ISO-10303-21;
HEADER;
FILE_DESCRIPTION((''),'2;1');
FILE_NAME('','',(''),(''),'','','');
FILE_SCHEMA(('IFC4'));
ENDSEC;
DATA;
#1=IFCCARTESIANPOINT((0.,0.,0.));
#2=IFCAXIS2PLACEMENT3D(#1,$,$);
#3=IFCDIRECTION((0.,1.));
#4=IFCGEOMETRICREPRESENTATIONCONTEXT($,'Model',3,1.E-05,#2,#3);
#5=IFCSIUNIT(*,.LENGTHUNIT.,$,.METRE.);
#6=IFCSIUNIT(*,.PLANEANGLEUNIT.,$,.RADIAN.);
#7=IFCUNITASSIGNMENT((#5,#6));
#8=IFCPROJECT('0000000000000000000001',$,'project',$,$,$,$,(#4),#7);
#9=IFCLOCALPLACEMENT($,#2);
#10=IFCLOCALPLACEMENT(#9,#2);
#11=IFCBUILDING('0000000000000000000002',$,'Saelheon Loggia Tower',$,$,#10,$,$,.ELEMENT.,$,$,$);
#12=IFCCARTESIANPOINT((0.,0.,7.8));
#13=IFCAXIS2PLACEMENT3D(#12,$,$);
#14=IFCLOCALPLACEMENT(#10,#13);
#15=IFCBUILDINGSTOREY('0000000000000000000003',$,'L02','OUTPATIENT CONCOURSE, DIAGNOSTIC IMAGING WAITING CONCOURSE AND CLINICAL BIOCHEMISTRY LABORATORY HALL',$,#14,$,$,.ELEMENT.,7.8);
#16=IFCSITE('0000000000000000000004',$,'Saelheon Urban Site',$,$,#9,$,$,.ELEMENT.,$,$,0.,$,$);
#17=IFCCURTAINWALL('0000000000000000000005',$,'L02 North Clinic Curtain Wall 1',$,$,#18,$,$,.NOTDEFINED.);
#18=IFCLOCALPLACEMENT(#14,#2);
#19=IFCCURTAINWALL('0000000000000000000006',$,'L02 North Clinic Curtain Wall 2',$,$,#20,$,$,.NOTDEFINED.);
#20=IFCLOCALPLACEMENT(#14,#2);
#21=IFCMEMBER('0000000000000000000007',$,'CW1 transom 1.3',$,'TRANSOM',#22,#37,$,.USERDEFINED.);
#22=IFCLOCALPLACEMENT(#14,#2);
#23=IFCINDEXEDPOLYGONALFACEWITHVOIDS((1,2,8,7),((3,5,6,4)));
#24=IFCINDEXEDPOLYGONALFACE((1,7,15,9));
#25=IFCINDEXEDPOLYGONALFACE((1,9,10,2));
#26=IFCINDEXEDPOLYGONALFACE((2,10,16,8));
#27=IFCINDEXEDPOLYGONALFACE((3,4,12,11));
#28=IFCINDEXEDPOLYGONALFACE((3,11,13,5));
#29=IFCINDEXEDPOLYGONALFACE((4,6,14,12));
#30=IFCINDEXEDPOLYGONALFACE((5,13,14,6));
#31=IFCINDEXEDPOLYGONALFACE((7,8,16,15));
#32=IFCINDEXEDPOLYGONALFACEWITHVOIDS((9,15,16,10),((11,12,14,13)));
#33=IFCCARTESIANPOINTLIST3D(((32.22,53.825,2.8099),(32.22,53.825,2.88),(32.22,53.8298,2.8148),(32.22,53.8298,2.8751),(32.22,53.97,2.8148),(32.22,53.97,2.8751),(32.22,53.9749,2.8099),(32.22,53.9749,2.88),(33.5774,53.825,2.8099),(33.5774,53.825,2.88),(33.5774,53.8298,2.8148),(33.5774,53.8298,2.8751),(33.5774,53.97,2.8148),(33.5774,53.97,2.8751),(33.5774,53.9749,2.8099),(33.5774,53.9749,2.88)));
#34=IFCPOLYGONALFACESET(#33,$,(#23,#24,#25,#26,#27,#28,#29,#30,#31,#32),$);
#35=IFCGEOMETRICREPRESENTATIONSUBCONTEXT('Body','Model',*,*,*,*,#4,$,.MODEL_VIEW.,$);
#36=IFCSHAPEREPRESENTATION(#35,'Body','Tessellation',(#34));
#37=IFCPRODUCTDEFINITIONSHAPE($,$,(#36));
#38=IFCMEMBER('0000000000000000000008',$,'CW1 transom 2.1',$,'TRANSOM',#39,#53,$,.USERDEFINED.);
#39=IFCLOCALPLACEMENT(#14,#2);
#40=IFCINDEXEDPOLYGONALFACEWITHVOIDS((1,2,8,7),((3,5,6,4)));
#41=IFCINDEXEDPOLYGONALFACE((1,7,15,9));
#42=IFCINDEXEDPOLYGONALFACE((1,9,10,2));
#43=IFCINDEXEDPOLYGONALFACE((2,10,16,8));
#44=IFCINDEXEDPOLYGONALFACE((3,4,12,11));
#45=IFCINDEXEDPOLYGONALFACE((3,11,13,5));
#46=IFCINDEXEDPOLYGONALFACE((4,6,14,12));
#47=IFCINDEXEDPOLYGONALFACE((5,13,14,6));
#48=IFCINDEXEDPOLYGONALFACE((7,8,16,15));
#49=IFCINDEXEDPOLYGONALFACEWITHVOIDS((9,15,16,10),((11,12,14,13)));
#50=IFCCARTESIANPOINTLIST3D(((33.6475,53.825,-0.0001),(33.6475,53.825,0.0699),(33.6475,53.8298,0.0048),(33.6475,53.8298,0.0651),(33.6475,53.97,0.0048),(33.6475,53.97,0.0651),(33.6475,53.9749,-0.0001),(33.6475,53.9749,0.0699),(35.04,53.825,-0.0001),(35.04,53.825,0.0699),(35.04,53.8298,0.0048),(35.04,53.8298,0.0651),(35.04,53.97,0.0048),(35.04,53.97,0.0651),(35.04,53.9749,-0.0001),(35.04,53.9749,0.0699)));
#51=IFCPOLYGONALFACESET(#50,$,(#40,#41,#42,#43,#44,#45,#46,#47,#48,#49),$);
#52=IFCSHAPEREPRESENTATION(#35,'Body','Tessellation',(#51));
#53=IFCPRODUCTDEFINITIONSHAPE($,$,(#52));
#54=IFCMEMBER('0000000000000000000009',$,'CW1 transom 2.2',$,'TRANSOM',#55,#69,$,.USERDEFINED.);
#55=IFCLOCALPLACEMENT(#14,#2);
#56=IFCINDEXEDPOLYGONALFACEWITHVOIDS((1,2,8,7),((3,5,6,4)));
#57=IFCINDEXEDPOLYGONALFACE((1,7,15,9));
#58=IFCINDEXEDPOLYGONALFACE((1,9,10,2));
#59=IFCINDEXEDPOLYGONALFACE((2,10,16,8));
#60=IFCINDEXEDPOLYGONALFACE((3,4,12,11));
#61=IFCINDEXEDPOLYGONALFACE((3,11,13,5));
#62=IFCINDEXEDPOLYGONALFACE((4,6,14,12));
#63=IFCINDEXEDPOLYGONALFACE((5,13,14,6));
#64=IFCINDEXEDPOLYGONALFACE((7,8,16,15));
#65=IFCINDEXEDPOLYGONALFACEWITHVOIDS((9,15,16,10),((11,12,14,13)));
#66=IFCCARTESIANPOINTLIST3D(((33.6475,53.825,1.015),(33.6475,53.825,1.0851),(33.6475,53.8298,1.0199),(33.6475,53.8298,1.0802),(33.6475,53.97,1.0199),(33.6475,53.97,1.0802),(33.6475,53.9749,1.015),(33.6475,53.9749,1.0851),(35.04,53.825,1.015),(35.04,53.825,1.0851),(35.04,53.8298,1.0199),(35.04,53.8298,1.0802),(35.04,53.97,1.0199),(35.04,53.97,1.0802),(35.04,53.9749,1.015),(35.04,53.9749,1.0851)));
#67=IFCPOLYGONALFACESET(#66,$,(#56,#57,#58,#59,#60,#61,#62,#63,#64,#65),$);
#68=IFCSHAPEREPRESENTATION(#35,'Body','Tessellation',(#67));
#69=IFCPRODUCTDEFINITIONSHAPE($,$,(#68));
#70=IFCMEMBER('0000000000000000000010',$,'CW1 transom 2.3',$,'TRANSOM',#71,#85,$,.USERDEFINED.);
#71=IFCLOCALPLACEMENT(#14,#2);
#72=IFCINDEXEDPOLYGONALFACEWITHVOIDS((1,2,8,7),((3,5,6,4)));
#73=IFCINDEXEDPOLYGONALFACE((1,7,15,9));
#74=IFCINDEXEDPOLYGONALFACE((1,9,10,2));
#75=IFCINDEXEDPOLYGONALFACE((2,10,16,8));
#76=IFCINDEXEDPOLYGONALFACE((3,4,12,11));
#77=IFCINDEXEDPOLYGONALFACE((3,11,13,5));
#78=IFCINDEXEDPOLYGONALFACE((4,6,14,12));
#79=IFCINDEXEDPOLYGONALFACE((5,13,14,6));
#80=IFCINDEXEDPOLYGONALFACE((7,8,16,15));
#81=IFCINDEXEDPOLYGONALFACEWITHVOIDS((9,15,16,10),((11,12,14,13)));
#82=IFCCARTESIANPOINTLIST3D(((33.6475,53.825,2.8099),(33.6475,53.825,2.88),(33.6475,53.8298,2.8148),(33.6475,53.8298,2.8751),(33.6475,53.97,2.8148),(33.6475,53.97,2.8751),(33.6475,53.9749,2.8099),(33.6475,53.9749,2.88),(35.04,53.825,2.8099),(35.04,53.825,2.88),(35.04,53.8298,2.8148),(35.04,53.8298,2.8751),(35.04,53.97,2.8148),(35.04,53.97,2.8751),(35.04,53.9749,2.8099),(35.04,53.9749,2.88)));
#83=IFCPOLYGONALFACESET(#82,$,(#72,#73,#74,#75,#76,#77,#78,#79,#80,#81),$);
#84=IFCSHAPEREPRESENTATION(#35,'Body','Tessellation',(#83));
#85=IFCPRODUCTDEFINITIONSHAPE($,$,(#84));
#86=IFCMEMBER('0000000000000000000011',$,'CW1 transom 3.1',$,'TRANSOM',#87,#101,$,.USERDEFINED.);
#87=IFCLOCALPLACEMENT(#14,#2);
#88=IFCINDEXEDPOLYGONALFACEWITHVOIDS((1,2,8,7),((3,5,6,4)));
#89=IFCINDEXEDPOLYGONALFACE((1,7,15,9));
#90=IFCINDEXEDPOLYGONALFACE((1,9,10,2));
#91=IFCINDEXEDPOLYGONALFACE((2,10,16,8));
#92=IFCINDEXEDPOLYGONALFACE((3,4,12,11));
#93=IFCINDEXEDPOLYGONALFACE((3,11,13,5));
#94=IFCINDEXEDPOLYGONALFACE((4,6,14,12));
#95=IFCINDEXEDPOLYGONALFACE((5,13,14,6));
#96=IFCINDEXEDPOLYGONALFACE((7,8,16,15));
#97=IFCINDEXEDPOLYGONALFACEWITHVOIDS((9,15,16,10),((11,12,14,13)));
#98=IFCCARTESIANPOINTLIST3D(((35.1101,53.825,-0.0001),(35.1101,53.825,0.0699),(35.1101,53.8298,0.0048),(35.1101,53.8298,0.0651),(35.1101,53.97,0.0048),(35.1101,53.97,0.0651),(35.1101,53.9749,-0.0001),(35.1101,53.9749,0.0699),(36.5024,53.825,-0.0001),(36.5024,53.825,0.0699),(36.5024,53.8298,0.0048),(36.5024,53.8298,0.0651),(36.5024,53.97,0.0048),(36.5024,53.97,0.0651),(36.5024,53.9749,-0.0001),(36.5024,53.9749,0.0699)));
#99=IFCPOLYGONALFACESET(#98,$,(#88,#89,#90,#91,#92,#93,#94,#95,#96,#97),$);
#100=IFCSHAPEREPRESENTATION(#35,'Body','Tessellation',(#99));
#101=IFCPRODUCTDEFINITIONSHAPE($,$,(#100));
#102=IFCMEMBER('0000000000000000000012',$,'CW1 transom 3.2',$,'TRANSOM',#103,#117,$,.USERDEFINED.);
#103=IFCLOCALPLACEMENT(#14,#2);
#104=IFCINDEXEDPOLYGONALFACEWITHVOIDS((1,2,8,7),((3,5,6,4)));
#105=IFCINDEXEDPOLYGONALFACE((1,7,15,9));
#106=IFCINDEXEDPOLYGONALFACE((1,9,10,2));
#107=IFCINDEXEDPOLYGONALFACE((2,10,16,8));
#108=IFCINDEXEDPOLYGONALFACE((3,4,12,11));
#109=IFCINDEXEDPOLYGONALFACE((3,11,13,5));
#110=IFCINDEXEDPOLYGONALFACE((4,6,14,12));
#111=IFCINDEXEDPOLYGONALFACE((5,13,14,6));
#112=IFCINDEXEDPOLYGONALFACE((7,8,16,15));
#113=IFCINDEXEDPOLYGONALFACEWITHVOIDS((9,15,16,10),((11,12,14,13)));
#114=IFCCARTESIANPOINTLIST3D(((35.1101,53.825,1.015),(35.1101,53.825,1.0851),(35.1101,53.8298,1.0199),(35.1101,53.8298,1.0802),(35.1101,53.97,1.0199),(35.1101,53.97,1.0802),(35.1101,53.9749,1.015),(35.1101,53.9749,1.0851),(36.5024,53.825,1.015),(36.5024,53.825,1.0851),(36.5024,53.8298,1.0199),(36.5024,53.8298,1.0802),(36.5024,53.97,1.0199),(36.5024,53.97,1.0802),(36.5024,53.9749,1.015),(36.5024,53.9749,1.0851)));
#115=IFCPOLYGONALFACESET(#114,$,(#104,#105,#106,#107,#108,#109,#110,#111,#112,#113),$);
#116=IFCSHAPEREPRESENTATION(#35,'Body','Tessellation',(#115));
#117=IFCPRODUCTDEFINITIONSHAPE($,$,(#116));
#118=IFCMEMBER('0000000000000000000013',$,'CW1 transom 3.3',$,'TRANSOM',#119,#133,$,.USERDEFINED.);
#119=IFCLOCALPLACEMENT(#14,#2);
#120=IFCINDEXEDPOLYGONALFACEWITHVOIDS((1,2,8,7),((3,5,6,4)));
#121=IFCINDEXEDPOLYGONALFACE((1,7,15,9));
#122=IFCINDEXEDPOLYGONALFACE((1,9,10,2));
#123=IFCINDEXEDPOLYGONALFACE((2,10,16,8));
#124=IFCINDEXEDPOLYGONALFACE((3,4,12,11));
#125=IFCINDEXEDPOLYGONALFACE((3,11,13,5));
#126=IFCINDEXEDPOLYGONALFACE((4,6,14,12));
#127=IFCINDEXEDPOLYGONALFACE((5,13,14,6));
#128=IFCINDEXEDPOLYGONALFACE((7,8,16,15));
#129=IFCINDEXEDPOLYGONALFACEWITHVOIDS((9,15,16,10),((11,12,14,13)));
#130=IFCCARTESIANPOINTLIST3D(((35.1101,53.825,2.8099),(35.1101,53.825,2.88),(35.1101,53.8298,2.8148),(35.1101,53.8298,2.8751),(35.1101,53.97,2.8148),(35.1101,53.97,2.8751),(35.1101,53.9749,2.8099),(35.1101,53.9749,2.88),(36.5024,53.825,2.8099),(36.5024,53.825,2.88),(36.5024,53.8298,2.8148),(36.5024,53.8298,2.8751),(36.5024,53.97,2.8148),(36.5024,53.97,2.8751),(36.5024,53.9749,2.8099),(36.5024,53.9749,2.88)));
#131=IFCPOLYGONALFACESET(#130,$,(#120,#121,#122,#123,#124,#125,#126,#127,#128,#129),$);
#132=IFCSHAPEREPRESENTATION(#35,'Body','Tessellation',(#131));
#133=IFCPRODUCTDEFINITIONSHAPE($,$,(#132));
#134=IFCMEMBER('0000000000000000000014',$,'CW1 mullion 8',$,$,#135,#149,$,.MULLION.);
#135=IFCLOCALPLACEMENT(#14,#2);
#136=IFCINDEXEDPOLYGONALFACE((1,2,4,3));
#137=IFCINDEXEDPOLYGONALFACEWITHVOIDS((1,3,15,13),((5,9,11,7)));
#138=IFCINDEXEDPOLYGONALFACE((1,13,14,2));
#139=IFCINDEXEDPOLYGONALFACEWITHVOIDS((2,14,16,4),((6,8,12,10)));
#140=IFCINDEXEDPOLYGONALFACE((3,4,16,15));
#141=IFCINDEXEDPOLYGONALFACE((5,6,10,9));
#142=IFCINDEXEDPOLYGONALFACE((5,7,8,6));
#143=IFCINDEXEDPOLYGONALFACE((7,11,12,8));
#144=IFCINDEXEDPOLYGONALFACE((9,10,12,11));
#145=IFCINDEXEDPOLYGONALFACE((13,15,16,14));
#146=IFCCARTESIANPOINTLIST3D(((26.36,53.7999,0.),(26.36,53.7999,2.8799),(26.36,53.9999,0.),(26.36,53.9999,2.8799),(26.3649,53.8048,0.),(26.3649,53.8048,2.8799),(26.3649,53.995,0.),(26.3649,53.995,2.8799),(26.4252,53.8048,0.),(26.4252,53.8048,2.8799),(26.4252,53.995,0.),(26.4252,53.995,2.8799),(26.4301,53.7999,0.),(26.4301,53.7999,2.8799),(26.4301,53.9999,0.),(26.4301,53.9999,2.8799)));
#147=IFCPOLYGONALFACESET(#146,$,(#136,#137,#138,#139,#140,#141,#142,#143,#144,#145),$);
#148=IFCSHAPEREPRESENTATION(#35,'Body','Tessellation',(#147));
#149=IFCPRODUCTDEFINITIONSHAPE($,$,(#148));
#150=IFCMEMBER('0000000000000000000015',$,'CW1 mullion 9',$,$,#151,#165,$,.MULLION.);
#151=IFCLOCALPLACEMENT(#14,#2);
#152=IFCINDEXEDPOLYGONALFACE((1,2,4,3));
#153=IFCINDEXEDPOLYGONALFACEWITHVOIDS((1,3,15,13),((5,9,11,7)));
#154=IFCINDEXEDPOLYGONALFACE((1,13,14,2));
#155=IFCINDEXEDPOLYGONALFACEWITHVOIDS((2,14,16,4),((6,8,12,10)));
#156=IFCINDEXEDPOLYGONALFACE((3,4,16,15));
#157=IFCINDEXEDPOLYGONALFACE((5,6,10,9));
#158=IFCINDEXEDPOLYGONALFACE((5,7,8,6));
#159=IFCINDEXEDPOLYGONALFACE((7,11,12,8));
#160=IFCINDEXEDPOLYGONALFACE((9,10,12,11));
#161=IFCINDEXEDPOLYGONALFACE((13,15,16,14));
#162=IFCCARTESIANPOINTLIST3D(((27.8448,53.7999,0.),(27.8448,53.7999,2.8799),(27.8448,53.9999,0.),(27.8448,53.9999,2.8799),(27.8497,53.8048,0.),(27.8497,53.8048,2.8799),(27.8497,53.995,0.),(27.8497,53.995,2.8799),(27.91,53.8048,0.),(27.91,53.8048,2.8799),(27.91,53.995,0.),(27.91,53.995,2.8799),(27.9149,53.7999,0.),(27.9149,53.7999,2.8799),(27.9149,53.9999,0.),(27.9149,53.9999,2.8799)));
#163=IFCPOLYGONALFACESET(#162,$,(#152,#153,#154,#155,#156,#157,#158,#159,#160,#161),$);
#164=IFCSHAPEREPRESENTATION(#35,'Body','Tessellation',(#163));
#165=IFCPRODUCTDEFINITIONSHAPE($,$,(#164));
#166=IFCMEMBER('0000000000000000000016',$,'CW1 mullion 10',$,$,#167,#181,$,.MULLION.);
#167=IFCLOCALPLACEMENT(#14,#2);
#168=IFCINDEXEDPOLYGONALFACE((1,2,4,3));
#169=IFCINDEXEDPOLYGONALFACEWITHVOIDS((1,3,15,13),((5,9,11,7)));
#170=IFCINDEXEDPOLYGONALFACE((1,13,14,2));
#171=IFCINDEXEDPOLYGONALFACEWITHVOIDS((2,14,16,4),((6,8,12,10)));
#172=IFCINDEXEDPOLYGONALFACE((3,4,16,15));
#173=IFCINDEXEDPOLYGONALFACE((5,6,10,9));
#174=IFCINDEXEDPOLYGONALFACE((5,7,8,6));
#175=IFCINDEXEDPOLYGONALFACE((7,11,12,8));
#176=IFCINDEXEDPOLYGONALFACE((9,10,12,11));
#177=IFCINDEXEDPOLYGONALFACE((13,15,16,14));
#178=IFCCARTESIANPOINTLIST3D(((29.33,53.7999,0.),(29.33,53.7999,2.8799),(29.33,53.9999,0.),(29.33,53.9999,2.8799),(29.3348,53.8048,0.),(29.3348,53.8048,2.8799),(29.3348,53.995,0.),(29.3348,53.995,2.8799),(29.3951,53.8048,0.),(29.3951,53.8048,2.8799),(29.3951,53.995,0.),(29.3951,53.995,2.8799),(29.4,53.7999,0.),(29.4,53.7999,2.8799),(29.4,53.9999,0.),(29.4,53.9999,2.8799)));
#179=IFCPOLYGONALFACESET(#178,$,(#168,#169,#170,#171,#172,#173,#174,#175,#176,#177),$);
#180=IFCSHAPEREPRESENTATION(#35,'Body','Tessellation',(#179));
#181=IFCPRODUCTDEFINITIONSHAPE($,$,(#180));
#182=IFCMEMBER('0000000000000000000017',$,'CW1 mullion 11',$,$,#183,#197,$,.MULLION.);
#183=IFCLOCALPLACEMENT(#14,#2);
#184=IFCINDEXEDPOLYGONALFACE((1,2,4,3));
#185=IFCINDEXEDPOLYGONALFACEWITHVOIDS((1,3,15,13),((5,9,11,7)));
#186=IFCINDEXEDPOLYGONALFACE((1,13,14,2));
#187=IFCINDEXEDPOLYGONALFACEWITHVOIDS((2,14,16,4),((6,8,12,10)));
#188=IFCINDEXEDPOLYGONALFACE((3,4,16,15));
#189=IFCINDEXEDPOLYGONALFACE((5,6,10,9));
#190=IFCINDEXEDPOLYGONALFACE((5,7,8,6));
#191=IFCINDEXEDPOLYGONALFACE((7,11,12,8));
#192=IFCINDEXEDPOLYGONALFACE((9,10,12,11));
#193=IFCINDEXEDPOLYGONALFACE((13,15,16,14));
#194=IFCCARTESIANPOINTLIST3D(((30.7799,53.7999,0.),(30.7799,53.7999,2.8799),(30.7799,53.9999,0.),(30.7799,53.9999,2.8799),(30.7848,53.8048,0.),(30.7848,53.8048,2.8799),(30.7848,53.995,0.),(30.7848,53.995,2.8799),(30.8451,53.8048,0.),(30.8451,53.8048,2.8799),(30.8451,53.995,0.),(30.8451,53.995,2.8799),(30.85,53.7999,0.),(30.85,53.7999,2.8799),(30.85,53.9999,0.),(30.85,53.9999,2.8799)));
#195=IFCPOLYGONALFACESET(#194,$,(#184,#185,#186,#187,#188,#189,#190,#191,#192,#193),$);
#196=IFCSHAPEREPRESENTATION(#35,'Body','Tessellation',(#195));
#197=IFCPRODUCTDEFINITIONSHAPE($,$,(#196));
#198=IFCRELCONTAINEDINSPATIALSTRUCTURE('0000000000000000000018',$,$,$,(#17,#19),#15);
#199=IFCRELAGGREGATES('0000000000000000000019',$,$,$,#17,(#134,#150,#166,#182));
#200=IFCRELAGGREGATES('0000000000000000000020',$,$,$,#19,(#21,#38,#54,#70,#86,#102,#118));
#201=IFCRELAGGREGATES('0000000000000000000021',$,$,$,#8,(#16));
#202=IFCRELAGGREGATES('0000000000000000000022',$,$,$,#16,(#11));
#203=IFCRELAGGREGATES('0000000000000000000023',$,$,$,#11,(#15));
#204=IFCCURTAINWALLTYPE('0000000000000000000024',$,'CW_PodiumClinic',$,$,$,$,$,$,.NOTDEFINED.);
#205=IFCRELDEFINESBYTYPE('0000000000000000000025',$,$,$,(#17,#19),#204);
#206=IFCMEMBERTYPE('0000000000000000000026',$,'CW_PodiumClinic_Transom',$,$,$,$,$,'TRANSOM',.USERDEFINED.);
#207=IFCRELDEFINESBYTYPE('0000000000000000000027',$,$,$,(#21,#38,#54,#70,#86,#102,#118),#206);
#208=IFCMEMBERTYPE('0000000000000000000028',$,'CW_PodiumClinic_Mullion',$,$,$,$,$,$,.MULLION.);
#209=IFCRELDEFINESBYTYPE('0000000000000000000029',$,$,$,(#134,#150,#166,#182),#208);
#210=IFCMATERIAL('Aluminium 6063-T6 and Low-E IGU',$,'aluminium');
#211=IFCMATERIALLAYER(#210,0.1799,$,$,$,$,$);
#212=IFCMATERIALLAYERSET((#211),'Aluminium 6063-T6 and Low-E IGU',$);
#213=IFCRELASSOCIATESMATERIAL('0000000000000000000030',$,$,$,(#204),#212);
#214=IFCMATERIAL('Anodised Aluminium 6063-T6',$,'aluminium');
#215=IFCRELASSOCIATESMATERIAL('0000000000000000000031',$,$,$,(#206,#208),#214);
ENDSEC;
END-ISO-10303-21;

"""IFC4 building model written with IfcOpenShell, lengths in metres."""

from ifc_helpers import new_model, si_unit, direction, frame, origin, origin_2d, place, context, subcontext, project, spatial, hollow_rectangle, extrude, source, transform, mapped, material, layer, layer_set, material_profile, profile_set, type_object, element, aggregate, save


model = new_model("IFC4")

# Units and contexts
model_context = context("Model", 3, precision=1e-05, world=origin(), true_north=direction((0.0, 1.0)))
body_context = subcontext(model_context, "Body", "Model", "MODEL_VIEW")
ifc_project = project(units=[si_unit("LENGTHUNIT", "METRE"), si_unit("PLANEANGLEUNIT", "RADIAN")], contexts=[model_context])

# Site, building, storey
site_placement = place(None, origin())
site = spatial("IfcSite", under=ifc_project, at=site_placement, Name="Saelheon Urban Site", CompositionType="ELEMENT", RefElevation=0.0)
building_placement = place(site_placement, origin())
building = spatial("IfcBuilding", under=site, at=building_placement, Name="Saelheon Loggia Tower", CompositionType="ELEMENT")
storey_placement = place(building_placement, frame((0.0, 0.0, 7.8)))
storey = spatial("IfcBuildingStorey", under=building, at=storey_placement, Name="L02", Description="OUTPATIENT CONCOURSE, DIAGNOSTIC IMAGING WAITING CONCOURSE AND CLINICAL BIOCHEMISTRY LABORATORY HALL", CompositionType="ELEMENT", Elevation=7.8)

# Curtain walls, members
ifc_material_1 = material(Name="Aluminium 6063-T6 and Low-E IGU", Category="aluminium")
ifc_layer_1 = layer(ifc_material_1, 0.1799)
ifc_layer_set_1 = layer_set([ifc_layer_1], Name="Aluminium 6063-T6 and Low-E IGU")
curtain_wall_type = type_object("IfcCurtainWallType", Name="CW_PodiumClinic", PredefinedType="NOTDEFINED", material=ifc_layer_set_1)
curtain_wall_1_placement = place(storey_placement, origin())
curtain_wall_1 = element("IfcCurtainWall", 1, at=curtain_wall_1_placement, inside=storey, type_object=curtain_wall_type, Name="L02 North Clinic Curtain Wall 1", PredefinedType="NOTDEFINED")
ifc_material_2 = material(Name="Anodised Aluminium 6063-T6", Category="aluminium")
ifc_material_profile_1 = material_profile(ifc_material_2, hollow_rectangle(XDim=0.0701, YDim=0.1499, WallThickness=0.0049, at=origin_2d()), Name="RHS-150x70x5")
ifc_profile_set_1 = profile_set([ifc_material_profile_1], Name="Anodised Aluminium 6063-T6")
member_type_1 = type_object("IfcMemberType", Name="CW_PodiumClinic_Transom", ElementType="TRANSOM", PredefinedType="USERDEFINED", material=ifc_profile_set_1)
curtain_wall_2_placement = place(storey_placement, origin())
curtain_wall_2 = element("IfcCurtainWall", 2, at=curtain_wall_2_placement, inside=storey, type_object=curtain_wall_type, Name="L02 North Clinic Curtain Wall 2", PredefinedType="NOTDEFINED")
shared_shape_1 = source(origin(), body_context, "Body", "SweptSolid", [
    extrude(hollow_rectangle(XDim=0.0701, YDim=0.1499, WallThickness=0.0049, at=origin_2d()), origin(), (0.0, 0.0, 1.0), 1.3574),
])
member_1_placement = place(storey_placement, frame((32.22, 53.8999, 2.845), z_axis=(1.0, 0.0, 0.0), x_axis=(0.0, 0.0, 1.0)))
member_1 = element("IfcMember", 3, at=member_1_placement, type_object=member_type_1, Name="CW1 transom 1.3", ObjectType="TRANSOM", PredefinedType="USERDEFINED", context=body_context, shape_type="MappedRepresentation", body=[
    mapped(shared_shape_1, transform((0.0, 0.0, 0.0), scale=1.0)),
])
shared_shape_2 = source(origin(), body_context, "Body", "SweptSolid", [
    extrude(hollow_rectangle(XDim=0.0701, YDim=0.1499, WallThickness=0.0049, at=origin_2d()), origin(), (0.0, 0.0, 1.0), 1.3926),
])
member_2_placement = place(storey_placement, frame((33.6475, 53.8999, 0.0349), z_axis=(1.0, 0.0, 0.0), x_axis=(0.0, 0.0, 1.0)))
member_2 = element("IfcMember", 4, at=member_2_placement, type_object=member_type_1, Name="CW1 transom 2.1", ObjectType="TRANSOM", PredefinedType="USERDEFINED", context=body_context, shape_type="MappedRepresentation", body=[
    mapped(shared_shape_2, transform((0.0, 0.0, 0.0), scale=1.0)),
])
member_3_placement = place(storey_placement, frame((33.6475, 53.8999, 1.05), z_axis=(1.0, 0.0, 0.0), x_axis=(0.0, 0.0, 1.0)))
member_3 = element("IfcMember", 5, at=member_3_placement, type_object=member_type_1, Name="CW1 transom 2.2", ObjectType="TRANSOM", PredefinedType="USERDEFINED", context=body_context, shape_type="MappedRepresentation", body=[
    mapped(shared_shape_2, transform((0.0, 0.0, 0.0), scale=1.0)),
])
member_4_placement = place(storey_placement, frame((33.6475, 53.8999, 2.845), z_axis=(1.0, 0.0, 0.0), x_axis=(0.0, 0.0, 1.0)))
member_4 = element("IfcMember", 6, at=member_4_placement, type_object=member_type_1, Name="CW1 transom 2.3", ObjectType="TRANSOM", PredefinedType="USERDEFINED", context=body_context, shape_type="MappedRepresentation", body=[
    mapped(shared_shape_2, transform((0.0, 0.0, 0.0), scale=1.0)),
])
shared_shape_3 = source(origin(), body_context, "Body", "SweptSolid", [
    extrude(hollow_rectangle(XDim=0.0701, YDim=0.1499, WallThickness=0.0049, at=origin_2d()), origin(), (0.0, 0.0, 1.0), 1.3923),
])
member_5_placement = place(storey_placement, frame((35.1101, 53.8999, 0.0349), z_axis=(1.0, 0.0, 0.0), x_axis=(0.0, 0.0, 1.0)))
member_5 = element("IfcMember", 7, at=member_5_placement, type_object=member_type_1, Name="CW1 transom 3.1", ObjectType="TRANSOM", PredefinedType="USERDEFINED", context=body_context, shape_type="MappedRepresentation", body=[
    mapped(shared_shape_3, transform((0.0, 0.0, 0.0), scale=1.0)),
])
member_6_placement = place(storey_placement, frame((35.1101, 53.8999, 1.05), z_axis=(1.0, 0.0, 0.0), x_axis=(0.0, 0.0, 1.0)))
member_6 = element("IfcMember", 8, at=member_6_placement, type_object=member_type_1, Name="CW1 transom 3.2", ObjectType="TRANSOM", PredefinedType="USERDEFINED", context=body_context, shape_type="MappedRepresentation", body=[
    mapped(shared_shape_3, transform((0.0, 0.0, 0.0), scale=1.0)),
])
member_7_placement = place(storey_placement, frame((35.1101, 53.8999, 2.845), z_axis=(1.0, 0.0, 0.0), x_axis=(0.0, 0.0, 1.0)))
member_7 = element("IfcMember", 9, at=member_7_placement, type_object=member_type_1, Name="CW1 transom 3.3", ObjectType="TRANSOM", PredefinedType="USERDEFINED", context=body_context, shape_type="MappedRepresentation", body=[
    mapped(shared_shape_3, transform((0.0, 0.0, 0.0), scale=1.0)),
])

# Members
ifc_material_profile_2 = material_profile(ifc_material_2, hollow_rectangle(XDim=0.0701, YDim=0.2, WallThickness=0.0049, at=origin_2d()), Name="RHS-200x70x5")
ifc_profile_set_2 = profile_set([ifc_material_profile_2], Name="Anodised Aluminium 6063-T6")
member_type_2 = type_object("IfcMemberType", Name="CW_PodiumClinic_Mullion", PredefinedType="MULLION", material=ifc_profile_set_2)
shared_shape_4 = source(origin(), body_context, "Body", "SweptSolid", [
    extrude(hollow_rectangle(XDim=0.0701, YDim=0.2, WallThickness=0.0049, at=origin_2d()), origin(), (0.0, 0.0, 1.0), 2.8799),
])
member_8_placement = place(storey_placement, frame((26.395, 53.8999, 0.0), z_axis=(0.0, 0.0, 1.0), x_axis=(1.0, 0.0, 0.0)))
member_8 = element("IfcMember", 10, at=member_8_placement, type_object=member_type_2, Name="CW1 mullion 8", PredefinedType="MULLION", context=body_context, shape_type="MappedRepresentation", body=[
    mapped(shared_shape_4, transform((0.0, 0.0, 0.0), scale=1.0)),
])
member_9_placement = place(storey_placement, frame((27.8799, 53.8999, 0.0), z_axis=(0.0, 0.0, 1.0), x_axis=(1.0, 0.0, 0.0)))
member_9 = element("IfcMember", 11, at=member_9_placement, type_object=member_type_2, Name="CW1 mullion 9", PredefinedType="MULLION", context=body_context, shape_type="MappedRepresentation", body=[
    mapped(shared_shape_4, transform((0.0, 0.0, 0.0), scale=1.0)),
])
member_10_placement = place(storey_placement, frame((29.365, 53.8999, 0.0), z_axis=(0.0, 0.0, 1.0), x_axis=(1.0, 0.0, 0.0)))
member_10 = element("IfcMember", 12, at=member_10_placement, type_object=member_type_2, Name="CW1 mullion 10", PredefinedType="MULLION", context=body_context, shape_type="MappedRepresentation", body=[
    mapped(shared_shape_4, transform((0.0, 0.0, 0.0), scale=1.0)),
])
member_11_placement = place(storey_placement, frame((30.8149, 53.8999, 0.0), z_axis=(0.0, 0.0, 1.0), x_axis=(1.0, 0.0, 0.0)))
member_11 = element("IfcMember", 13, at=member_11_placement, type_object=member_type_2, Name="CW1 mullion 11", PredefinedType="MULLION", context=body_context, shape_type="MappedRepresentation", body=[
    mapped(shared_shape_4, transform((0.0, 0.0, 0.0), scale=1.0)),
])

aggregate(curtain_wall_1, [member_8, member_9, member_10, member_11])
aggregate(curtain_wall_2, [member_1, member_2, member_3, member_4, member_5, member_6, member_7])

save(model, "model.ifc")
